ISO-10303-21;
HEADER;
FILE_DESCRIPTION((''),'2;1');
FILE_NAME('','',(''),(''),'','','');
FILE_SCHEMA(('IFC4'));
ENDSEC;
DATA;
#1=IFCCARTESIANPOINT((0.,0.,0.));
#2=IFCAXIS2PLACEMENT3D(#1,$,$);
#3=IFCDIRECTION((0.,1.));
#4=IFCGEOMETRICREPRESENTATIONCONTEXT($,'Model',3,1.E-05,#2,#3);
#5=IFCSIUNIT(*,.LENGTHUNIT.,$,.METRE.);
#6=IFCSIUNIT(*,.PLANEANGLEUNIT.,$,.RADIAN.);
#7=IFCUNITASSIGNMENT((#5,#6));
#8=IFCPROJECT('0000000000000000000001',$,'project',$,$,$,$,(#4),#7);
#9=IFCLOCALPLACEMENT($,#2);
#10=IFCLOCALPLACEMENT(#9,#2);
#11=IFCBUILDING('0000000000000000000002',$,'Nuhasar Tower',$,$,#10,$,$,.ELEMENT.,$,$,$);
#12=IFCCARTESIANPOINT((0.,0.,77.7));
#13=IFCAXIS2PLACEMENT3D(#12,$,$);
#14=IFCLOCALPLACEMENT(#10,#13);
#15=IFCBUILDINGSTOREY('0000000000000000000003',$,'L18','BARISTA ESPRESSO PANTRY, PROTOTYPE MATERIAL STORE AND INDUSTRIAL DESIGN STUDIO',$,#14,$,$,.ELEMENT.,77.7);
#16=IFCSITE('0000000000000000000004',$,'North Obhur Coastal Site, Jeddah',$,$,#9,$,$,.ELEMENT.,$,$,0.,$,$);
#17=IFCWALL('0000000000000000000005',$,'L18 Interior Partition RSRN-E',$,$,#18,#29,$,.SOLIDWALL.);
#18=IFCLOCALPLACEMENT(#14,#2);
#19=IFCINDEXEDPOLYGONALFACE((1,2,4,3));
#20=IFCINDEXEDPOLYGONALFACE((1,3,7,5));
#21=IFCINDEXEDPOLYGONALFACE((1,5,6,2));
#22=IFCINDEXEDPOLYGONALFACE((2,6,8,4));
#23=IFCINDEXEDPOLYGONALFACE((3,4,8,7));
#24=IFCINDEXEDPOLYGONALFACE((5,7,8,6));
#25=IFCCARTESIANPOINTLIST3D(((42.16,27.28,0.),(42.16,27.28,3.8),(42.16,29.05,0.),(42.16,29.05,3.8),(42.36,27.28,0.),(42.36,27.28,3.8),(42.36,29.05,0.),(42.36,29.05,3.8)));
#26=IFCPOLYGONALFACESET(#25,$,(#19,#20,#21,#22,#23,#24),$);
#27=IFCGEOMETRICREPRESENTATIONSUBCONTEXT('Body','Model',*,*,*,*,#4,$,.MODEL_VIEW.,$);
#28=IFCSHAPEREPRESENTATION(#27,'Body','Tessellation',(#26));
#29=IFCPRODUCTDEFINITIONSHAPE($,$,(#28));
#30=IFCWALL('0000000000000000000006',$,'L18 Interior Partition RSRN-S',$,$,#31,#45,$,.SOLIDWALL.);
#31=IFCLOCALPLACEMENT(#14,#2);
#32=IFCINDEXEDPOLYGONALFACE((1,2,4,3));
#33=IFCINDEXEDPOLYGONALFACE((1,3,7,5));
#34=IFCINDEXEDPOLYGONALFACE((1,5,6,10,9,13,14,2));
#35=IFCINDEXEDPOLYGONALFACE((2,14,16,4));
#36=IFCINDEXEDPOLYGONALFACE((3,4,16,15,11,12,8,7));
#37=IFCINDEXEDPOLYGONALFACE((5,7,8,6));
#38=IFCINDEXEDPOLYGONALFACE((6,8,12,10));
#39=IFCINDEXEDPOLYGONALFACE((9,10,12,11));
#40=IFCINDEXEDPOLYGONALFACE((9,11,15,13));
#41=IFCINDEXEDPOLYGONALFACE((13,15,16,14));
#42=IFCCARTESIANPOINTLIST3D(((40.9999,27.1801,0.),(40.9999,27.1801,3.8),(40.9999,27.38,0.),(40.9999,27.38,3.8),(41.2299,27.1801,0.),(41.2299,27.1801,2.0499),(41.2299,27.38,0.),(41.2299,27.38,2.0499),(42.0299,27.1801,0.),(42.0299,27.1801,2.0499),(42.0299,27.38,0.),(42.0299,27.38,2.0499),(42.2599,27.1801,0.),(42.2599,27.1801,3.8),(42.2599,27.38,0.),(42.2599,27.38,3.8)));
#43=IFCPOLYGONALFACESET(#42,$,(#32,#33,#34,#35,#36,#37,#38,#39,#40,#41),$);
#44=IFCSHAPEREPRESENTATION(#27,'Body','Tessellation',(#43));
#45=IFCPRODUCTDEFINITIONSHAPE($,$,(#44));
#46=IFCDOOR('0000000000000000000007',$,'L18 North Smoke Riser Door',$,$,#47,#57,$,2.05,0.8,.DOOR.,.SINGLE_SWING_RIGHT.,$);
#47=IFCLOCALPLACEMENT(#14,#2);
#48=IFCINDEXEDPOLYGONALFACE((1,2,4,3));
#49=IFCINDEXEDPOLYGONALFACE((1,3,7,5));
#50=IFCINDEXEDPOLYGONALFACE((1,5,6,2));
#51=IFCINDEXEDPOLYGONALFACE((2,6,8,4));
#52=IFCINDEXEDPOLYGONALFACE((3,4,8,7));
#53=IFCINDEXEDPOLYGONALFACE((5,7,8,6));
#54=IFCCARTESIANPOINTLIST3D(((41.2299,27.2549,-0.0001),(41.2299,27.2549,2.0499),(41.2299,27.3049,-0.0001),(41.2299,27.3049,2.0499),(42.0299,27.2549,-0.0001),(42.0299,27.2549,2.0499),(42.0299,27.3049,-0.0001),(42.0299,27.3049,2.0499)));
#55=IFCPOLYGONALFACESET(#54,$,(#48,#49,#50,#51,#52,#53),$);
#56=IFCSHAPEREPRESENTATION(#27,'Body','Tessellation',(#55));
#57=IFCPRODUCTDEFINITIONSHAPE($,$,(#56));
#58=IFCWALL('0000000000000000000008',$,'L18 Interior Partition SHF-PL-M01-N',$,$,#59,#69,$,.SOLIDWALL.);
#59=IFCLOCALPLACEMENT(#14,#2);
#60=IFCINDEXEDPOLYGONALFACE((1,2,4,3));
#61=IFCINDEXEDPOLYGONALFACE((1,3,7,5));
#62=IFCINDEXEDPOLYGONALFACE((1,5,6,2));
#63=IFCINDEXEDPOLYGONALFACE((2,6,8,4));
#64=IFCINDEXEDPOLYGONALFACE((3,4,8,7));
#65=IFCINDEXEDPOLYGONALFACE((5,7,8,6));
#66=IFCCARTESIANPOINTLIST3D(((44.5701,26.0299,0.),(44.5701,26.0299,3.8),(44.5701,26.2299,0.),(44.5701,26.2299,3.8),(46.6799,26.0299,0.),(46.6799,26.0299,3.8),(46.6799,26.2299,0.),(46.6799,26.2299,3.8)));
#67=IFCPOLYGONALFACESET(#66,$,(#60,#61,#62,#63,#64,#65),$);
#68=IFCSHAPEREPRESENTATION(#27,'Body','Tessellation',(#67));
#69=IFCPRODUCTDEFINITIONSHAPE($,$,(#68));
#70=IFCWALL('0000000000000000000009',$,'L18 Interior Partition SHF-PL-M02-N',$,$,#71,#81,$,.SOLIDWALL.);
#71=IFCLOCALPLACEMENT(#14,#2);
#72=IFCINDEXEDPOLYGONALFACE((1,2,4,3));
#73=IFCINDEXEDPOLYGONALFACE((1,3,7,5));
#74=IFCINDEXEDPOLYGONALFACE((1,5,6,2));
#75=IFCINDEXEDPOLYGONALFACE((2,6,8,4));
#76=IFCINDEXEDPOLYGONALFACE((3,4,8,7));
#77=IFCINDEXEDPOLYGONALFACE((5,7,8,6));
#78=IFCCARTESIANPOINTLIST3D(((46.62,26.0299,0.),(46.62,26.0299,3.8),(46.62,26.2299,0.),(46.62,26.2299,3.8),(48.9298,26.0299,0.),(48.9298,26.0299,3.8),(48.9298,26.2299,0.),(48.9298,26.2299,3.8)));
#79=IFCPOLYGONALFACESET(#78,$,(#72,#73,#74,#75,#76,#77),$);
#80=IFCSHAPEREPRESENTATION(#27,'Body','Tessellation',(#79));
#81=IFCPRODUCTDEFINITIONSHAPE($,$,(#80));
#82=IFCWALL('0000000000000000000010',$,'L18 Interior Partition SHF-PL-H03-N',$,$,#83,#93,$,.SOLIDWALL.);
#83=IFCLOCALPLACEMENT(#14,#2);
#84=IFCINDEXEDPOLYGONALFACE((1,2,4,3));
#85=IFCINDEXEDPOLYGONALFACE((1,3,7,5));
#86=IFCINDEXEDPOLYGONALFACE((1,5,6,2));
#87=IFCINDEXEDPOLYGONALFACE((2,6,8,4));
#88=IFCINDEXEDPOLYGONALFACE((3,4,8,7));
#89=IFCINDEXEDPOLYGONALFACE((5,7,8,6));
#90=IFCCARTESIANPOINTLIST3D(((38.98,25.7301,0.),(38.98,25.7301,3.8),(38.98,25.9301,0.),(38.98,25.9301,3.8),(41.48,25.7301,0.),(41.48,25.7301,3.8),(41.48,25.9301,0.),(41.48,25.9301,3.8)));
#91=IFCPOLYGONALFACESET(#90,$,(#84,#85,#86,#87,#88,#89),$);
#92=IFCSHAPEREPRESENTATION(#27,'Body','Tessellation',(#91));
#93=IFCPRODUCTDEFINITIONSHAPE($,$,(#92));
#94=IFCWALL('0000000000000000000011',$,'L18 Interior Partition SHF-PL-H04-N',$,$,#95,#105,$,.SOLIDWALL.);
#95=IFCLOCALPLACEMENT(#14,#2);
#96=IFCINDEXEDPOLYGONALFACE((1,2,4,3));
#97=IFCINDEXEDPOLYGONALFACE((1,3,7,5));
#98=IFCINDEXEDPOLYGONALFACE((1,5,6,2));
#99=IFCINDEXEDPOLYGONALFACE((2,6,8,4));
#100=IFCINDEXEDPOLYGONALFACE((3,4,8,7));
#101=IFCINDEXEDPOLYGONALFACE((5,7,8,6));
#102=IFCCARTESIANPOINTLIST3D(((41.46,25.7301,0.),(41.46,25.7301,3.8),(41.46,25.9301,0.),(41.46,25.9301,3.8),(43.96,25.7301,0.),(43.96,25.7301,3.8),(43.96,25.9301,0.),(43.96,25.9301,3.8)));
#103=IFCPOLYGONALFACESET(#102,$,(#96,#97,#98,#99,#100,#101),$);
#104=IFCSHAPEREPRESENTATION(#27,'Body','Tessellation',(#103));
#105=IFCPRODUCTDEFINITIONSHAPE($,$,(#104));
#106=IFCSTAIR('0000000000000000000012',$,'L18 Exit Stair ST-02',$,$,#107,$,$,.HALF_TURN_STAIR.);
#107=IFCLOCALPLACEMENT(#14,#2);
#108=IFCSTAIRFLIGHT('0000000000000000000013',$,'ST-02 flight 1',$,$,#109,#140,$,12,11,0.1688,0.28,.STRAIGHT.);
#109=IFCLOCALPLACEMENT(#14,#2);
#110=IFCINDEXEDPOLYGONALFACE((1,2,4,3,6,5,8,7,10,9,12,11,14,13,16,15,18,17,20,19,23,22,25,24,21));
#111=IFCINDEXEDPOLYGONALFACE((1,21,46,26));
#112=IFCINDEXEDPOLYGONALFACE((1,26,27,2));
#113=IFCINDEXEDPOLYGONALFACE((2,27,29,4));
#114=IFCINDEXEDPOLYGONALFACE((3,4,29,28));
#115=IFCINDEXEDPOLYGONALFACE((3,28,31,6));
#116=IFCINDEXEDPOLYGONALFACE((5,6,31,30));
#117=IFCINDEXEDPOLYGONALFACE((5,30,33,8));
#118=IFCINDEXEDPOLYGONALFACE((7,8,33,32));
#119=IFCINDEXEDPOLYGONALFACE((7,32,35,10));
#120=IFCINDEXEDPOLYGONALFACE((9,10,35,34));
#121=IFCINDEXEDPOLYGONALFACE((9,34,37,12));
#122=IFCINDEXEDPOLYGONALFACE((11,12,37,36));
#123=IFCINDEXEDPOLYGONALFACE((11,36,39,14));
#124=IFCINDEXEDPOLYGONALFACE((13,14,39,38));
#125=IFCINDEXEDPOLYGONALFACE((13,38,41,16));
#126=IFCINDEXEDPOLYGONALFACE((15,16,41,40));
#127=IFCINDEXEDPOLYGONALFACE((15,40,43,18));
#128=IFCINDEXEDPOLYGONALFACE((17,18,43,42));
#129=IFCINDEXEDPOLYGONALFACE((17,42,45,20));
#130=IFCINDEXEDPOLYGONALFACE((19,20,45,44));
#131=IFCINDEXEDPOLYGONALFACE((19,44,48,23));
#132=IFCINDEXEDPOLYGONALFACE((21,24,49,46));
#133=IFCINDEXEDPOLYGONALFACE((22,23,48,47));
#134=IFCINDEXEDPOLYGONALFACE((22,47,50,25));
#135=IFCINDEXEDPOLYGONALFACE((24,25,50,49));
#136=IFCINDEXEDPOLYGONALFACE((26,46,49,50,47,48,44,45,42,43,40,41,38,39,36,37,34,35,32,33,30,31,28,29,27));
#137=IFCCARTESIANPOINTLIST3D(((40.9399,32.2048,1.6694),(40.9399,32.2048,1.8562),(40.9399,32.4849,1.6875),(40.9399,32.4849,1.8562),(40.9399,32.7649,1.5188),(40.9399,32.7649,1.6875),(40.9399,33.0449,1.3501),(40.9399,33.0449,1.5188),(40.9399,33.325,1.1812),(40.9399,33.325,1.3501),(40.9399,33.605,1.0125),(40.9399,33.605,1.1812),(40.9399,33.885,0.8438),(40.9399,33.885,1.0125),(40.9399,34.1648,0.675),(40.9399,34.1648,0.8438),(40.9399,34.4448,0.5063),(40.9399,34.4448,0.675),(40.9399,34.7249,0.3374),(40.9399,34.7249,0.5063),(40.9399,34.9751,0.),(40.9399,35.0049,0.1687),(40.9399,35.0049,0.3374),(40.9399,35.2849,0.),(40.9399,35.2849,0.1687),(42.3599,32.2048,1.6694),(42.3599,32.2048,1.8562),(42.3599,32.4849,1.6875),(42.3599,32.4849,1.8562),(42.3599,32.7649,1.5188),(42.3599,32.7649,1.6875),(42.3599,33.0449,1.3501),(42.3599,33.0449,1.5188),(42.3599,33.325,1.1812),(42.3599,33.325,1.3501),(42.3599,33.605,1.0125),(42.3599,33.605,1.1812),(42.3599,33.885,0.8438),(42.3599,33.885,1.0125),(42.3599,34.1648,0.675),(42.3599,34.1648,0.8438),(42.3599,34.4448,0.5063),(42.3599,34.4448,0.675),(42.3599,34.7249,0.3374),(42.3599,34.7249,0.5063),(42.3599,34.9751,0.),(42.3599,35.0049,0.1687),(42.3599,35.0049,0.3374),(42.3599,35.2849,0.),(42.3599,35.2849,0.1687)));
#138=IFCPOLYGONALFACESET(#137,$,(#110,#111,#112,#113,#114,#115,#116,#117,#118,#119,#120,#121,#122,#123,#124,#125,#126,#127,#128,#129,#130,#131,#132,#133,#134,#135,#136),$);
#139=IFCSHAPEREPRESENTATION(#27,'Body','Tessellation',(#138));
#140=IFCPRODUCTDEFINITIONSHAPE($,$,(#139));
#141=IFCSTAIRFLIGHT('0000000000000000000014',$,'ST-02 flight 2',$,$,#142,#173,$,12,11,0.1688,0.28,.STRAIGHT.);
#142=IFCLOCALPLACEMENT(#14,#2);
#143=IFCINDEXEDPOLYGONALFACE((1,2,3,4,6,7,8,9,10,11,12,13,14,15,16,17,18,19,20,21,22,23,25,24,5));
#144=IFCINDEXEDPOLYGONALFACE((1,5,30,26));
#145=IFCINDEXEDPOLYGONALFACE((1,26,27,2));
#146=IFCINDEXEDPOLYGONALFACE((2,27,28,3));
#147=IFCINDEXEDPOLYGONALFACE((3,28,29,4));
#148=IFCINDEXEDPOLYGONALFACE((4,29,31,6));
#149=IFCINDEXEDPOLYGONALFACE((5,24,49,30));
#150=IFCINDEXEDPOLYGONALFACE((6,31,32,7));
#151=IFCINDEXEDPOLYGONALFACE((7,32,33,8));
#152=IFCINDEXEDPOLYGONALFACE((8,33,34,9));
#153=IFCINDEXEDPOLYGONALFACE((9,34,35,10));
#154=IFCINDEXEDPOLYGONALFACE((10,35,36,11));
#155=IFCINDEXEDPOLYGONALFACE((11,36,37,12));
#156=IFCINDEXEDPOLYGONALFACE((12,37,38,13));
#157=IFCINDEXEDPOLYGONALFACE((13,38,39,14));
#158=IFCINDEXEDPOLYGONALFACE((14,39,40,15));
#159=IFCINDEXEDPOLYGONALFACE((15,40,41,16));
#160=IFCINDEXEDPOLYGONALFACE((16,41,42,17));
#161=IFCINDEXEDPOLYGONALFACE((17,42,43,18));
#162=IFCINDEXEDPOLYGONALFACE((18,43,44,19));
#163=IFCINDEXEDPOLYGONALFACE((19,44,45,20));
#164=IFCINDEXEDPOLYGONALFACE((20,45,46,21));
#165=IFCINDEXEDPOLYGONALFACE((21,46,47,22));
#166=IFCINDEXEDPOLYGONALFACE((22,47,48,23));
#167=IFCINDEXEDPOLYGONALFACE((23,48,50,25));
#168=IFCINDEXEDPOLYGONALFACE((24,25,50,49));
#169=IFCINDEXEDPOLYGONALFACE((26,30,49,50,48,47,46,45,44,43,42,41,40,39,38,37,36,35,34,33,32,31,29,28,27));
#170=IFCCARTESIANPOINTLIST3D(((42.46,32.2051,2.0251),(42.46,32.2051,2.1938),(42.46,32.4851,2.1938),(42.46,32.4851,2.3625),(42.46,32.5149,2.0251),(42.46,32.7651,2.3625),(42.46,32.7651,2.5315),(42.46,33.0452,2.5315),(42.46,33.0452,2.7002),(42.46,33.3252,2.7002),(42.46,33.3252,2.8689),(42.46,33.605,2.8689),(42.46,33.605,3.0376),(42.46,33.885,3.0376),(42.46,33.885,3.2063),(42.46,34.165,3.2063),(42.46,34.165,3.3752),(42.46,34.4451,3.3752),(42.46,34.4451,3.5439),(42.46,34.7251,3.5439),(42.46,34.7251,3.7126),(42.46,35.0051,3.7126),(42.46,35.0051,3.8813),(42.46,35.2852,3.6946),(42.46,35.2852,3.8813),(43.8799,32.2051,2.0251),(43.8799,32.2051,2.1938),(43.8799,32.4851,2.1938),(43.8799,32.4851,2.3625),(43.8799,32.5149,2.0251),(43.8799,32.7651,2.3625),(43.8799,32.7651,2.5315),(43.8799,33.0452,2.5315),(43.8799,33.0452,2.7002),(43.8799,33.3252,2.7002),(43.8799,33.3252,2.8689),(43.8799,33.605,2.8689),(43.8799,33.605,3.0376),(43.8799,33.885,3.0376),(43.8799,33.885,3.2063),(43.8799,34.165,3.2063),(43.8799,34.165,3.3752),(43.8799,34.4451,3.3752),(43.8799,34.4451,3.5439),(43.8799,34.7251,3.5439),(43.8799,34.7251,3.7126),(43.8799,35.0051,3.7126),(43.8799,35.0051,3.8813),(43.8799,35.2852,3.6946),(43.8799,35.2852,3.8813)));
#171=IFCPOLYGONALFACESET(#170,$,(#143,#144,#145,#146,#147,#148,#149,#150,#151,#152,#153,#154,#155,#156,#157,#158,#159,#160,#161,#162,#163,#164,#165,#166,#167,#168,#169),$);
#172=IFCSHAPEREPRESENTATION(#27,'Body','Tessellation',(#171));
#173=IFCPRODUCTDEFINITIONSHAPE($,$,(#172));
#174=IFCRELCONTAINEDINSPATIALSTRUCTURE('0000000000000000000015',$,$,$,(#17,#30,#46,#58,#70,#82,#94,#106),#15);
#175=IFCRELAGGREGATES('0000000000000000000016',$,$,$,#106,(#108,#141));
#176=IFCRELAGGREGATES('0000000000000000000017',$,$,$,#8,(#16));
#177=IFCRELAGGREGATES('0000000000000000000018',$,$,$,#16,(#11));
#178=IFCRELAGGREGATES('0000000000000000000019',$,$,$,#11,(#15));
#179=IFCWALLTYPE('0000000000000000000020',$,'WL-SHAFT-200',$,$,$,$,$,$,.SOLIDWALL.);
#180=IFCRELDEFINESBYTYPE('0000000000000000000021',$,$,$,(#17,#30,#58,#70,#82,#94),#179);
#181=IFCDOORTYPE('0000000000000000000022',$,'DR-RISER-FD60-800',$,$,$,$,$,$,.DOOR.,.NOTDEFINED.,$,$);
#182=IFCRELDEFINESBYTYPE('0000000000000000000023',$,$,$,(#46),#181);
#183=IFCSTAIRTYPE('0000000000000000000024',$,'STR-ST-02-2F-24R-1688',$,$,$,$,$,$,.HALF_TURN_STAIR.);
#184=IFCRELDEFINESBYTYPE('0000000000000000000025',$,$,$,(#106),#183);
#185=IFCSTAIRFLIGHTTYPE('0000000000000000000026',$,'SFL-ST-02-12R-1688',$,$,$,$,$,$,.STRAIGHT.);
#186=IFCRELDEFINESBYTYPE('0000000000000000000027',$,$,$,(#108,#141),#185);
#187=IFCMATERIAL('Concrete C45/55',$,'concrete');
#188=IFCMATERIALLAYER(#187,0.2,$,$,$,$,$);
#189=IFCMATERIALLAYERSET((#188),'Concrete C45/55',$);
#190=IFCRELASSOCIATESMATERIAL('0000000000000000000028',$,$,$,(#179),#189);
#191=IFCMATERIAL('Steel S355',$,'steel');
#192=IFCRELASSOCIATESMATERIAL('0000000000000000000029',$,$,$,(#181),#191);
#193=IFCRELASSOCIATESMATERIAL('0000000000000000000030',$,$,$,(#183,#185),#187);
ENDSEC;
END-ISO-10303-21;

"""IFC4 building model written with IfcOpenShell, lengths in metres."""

from ifc_helpers import new_model, si_unit, direction, frame, frame_2d, origin, place, context, subcontext, project, spatial, polyline, rectangle, outline, extrude, material, layer, layer_set, type_object, element, fill, aggregate, save


model = new_model("IFC4")

# Units and contexts
model_context = context("Model", 3, precision=1e-05, world=origin(), true_north=direction((0.0, 1.0)))
body_context = subcontext(model_context, "Body", "Model", "MODEL_VIEW")
ifc_project = project(units=[si_unit("LENGTHUNIT", "METRE"), si_unit("PLANEANGLEUNIT", "RADIAN")], contexts=[model_context])

# Site, building, storey
site_placement = place(None, origin())
site = spatial("IfcSite", under=ifc_project, at=site_placement, Name="North Obhur Coastal Site, Jeddah", CompositionType="ELEMENT", RefElevation=0.0)
building_placement = place(site_placement, origin())
building = spatial("IfcBuilding", under=site, at=building_placement, Name="Nuhasar Tower", CompositionType="ELEMENT")
storey_placement = place(building_placement, frame((0.0, 0.0, 77.7)))
storey = spatial("IfcBuildingStorey", under=building, at=storey_placement, Name="L18", Description="BARISTA ESPRESSO PANTRY, PROTOTYPE MATERIAL STORE AND INDUSTRIAL DESIGN STUDIO", CompositionType="ELEMENT", Elevation=77.7)

# Shared definitions
ifc_material_1 = material(Name="Steel S355", Category="steel")

# Shared definitions
ifc_material_2 = material(Name="Concrete C45/55", Category="concrete")

# Wall
ifc_layer_1 = layer(ifc_material_2, 0.2)
ifc_layer_set_1 = layer_set([ifc_layer_1], Name="Concrete C45/55")
wall_type_1 = type_object("IfcWallType", Name="WL-SHAFT-200", PredefinedType="SOLIDWALL", material=ifc_layer_set_1)
for number, where, z_axis, x_axis, name in (
    (1, (42.26, 27.28, 0.0), (0.0, 0.0, 1.0), (0.0, 1.0, 0.0), "L18 Interior Partition RSRN-E"),
):
    element("IfcWall", number, at=place(storey_placement, frame(where, z_axis=z_axis, x_axis=x_axis)), inside=storey, type_object=wall_type_1, Name=name, PredefinedType="SOLIDWALL", context=body_context, shape_type="SweptSolid", body=[
        extrude(rectangle(XDim=1.77, YDim=0.2, at=frame_2d((0.885, 0.0))), origin(), (0.0, 0.0, 1.0), 3.8),
    ])

# Wall, opening, door
wall_1_placement = place(storey_placement, frame((41.0, 27.28, 0.0), z_axis=(0.0, 0.0, 1.0), x_axis=(1.0, 0.0, 0.0)))
wall_1 = element("IfcWall", 2, at=wall_1_placement, inside=storey, type_object=wall_type_1, Name="L18 Interior Partition RSRN-S", PredefinedType="SOLIDWALL", context=body_context, shape_type="SweptSolid", body=[
    extrude(rectangle(XDim=1.26, YDim=0.2, at=frame_2d((0.6299, 0.0))), origin(), (0.0, 0.0, 1.0), 3.8),
])
opening_1_placement = place(wall_1_placement, frame((0.23, 0.0, 0.0)))
opening_1 = element("IfcOpeningElement", 3, at=opening_1_placement, cuts=wall_1, PredefinedType="OPENING", context=body_context, shape_type="SweptSolid", body=[
    extrude(rectangle(XDim=0.8, YDim=2.05, at=frame_2d((0.3999, 1.0249))), frame((0.0, 0.1099, 0.0), z_axis=(0.0, -1.0, 0.0), x_axis=(1.0, 0.0, 0.0)), (0.0, 0.0, 1.0), 0.22),
])
door_type_1 = type_object("IfcDoorType", Name="DR-RISER-FD60-800", OperationType="NOTDEFINED", PredefinedType="DOOR", material=ifc_material_1)
door_1_placement = place(opening_1_placement, origin())
door_1 = element("IfcDoor", 4, at=door_1_placement, inside=storey, type_object=door_type_1, Name="L18 North Smoke Riser Door", OperationType="SINGLE_SWING_RIGHT", OverallHeight=2.05, OverallWidth=0.8, PredefinedType="DOOR", context=body_context, shape_type="SweptSolid", body=[
    extrude(rectangle(XDim=0.8, YDim=2.05, at=frame_2d((0.3999, 1.0249))), frame((0.0, 0.0249, 0.0), z_axis=(0.0, -1.0, 0.0), x_axis=(1.0, 0.0, 0.0)), (0.0, 0.0, 1.0), 0.05),
])
fill(opening_1, door_1)

# Walls
wall_2_placement = place(storey_placement, frame((44.5701, 26.1299, 0.0), z_axis=(0.0, 0.0, 1.0), x_axis=(1.0, 0.0, 0.0)))
element("IfcWall", 5, at=wall_2_placement, inside=storey, type_object=wall_type_1, Name="L18 Interior Partition SHF-PL-M01-N", PredefinedType="SOLIDWALL", context=body_context, shape_type="SweptSolid", body=[
    extrude(rectangle(XDim=2.1099, YDim=0.2, at=frame_2d((1.0549, 0.0))), origin(), (0.0, 0.0, 1.0), 3.8),
])
wall_3_placement = place(storey_placement, frame((46.6201, 26.1299, 0.0), z_axis=(0.0, 0.0, 1.0), x_axis=(1.0, 0.0, 0.0)))
element("IfcWall", 6, at=wall_3_placement, inside=storey, type_object=wall_type_1, Name="L18 Interior Partition SHF-PL-M02-N", PredefinedType="SOLIDWALL", context=body_context, shape_type="SweptSolid", body=[
    extrude(rectangle(XDim=2.3098, YDim=0.2, at=frame_2d((1.1548, 0.0))), origin(), (0.0, 0.0, 1.0), 3.8),
])
for number, where, z_axis, x_axis, name in (
    (7, (38.98, 25.8301, 0.0), (0.0, 0.0, 1.0), (1.0, 0.0, 0.0), "L18 Interior Partition SHF-PL-H03-N"),
    (8, (41.46, 25.8301, 0.0), (0.0, 0.0, 1.0), (1.0, 0.0, 0.0), "L18 Interior Partition SHF-PL-H04-N"),
):
    element("IfcWall", number, at=place(storey_placement, frame(where, z_axis=z_axis, x_axis=x_axis)), inside=storey, type_object=wall_type_1, Name=name, PredefinedType="SOLIDWALL", context=body_context, shape_type="SweptSolid", body=[
        extrude(rectangle(XDim=2.5, YDim=0.2, at=frame_2d((1.25, 0.0))), origin(), (0.0, 0.0, 1.0), 3.8),
    ])

# Stair, stair flights
stair_type_1 = type_object("IfcStairType", Name="STR-ST-02-2F-24R-1688", PredefinedType="HALF_TURN_STAIR", material=ifc_material_2)
stair_1_placement = place(storey_placement, origin())
stair_1 = element("IfcStair", 9, at=stair_1_placement, inside=storey, type_object=stair_type_1, Name="L18 Exit Stair ST-02", PredefinedType="HALF_TURN_STAIR")
stair_flight_type_1 = type_object("IfcStairFlightType", Name="SFL-ST-02-12R-1688", PredefinedType="STRAIGHT", material=ifc_material_2)
stair_flight_1_placement = place(storey_placement, frame((41.6499, 35.2849, 0.0), z_axis=(0.0, 0.0, 1.0), x_axis=(0.0, -1.0, 0.0)))
stair_flight_1 = element("IfcStairFlight", 10, at=stair_flight_1_placement, type_object=stair_flight_type_1, Name="ST-02 flight 1", NumberOfRisers=12, NumberOfTreads=11, PredefinedType="STRAIGHT", RiserHeight=0.1688, TreadLength=0.28, context=body_context, shape_type="SweptSolid", body=[
    extrude(outline(polyline([(0.0, 0.0), (0.0, 0.1687), (0.28, 0.1687), (0.28, 0.3374), (0.5601, 0.3374), (0.5601, 0.5063), (0.8401, 0.5063), (0.8401, 0.675), (1.1201, 0.675), (1.1201, 0.8438), (1.3999, 0.8438), (1.3999, 1.0125), (1.6799, 1.0125), (1.6799, 1.1812), (1.96, 1.1812), (1.96, 1.3501), (2.24, 1.3501), (2.24, 1.5188), (2.52, 1.5188), (2.52, 1.6875), (2.8, 1.6875), (2.8, 1.8562), (3.0801, 1.8562), (3.0801, 2.0249), (3.0801, 1.6694), (0.3098, 0.0), (0.0, 0.0)])), frame((0.0, 0.71, 0.0), z_axis=(0.0, -1.0, 0.0), x_axis=(1.0, 0.0, 0.0)), (0.0, 0.0, 1.0), 1.4199),
])
stair_flight_2_placement = place(storey_placement, frame((43.1699, 32.2051, 2.0251), z_axis=(0.0, 0.0, 1.0), x_axis=(0.0, 1.0, 0.0)))
stair_flight_2 = element("IfcStairFlight", 11, at=stair_flight_2_placement, type_object=stair_flight_type_1, Name="ST-02 flight 2", NumberOfRisers=12, NumberOfTreads=11, PredefinedType="STRAIGHT", RiserHeight=0.1688, TreadLength=0.28, context=body_context, shape_type="SweptSolid", body=[
    extrude(outline(polyline([(0.0, 0.0), (0.0, 0.1687), (0.28, 0.1687), (0.28, 0.3374), (0.5601, 0.3374), (0.5601, 0.5063), (0.8401, 0.5063), (0.8401, 0.675), (1.1201, 0.675), (1.1201, 0.8438), (1.3999, 0.8438), (1.3999, 1.0125), (1.6799, 1.0125), (1.6799, 1.1812), (1.96, 1.1812), (1.96, 1.3501), (2.24, 1.3501), (2.24, 1.5188), (2.52, 1.5188), (2.52, 1.6875), (2.8, 1.6875), (2.8, 1.8562), (3.0801, 1.8562), (3.0801, 2.0249), (3.0801, 1.6694), (0.3098, 0.0), (0.0, 0.0)])), frame((0.0, 0.71, 0.0), z_axis=(0.0, -1.0, 0.0), x_axis=(1.0, 0.0, 0.0)), (0.0, 0.0, 1.0), 1.4199),
])
aggregate(stair_1, [stair_flight_1, stair_flight_2])

save(model, "model.ifc")
